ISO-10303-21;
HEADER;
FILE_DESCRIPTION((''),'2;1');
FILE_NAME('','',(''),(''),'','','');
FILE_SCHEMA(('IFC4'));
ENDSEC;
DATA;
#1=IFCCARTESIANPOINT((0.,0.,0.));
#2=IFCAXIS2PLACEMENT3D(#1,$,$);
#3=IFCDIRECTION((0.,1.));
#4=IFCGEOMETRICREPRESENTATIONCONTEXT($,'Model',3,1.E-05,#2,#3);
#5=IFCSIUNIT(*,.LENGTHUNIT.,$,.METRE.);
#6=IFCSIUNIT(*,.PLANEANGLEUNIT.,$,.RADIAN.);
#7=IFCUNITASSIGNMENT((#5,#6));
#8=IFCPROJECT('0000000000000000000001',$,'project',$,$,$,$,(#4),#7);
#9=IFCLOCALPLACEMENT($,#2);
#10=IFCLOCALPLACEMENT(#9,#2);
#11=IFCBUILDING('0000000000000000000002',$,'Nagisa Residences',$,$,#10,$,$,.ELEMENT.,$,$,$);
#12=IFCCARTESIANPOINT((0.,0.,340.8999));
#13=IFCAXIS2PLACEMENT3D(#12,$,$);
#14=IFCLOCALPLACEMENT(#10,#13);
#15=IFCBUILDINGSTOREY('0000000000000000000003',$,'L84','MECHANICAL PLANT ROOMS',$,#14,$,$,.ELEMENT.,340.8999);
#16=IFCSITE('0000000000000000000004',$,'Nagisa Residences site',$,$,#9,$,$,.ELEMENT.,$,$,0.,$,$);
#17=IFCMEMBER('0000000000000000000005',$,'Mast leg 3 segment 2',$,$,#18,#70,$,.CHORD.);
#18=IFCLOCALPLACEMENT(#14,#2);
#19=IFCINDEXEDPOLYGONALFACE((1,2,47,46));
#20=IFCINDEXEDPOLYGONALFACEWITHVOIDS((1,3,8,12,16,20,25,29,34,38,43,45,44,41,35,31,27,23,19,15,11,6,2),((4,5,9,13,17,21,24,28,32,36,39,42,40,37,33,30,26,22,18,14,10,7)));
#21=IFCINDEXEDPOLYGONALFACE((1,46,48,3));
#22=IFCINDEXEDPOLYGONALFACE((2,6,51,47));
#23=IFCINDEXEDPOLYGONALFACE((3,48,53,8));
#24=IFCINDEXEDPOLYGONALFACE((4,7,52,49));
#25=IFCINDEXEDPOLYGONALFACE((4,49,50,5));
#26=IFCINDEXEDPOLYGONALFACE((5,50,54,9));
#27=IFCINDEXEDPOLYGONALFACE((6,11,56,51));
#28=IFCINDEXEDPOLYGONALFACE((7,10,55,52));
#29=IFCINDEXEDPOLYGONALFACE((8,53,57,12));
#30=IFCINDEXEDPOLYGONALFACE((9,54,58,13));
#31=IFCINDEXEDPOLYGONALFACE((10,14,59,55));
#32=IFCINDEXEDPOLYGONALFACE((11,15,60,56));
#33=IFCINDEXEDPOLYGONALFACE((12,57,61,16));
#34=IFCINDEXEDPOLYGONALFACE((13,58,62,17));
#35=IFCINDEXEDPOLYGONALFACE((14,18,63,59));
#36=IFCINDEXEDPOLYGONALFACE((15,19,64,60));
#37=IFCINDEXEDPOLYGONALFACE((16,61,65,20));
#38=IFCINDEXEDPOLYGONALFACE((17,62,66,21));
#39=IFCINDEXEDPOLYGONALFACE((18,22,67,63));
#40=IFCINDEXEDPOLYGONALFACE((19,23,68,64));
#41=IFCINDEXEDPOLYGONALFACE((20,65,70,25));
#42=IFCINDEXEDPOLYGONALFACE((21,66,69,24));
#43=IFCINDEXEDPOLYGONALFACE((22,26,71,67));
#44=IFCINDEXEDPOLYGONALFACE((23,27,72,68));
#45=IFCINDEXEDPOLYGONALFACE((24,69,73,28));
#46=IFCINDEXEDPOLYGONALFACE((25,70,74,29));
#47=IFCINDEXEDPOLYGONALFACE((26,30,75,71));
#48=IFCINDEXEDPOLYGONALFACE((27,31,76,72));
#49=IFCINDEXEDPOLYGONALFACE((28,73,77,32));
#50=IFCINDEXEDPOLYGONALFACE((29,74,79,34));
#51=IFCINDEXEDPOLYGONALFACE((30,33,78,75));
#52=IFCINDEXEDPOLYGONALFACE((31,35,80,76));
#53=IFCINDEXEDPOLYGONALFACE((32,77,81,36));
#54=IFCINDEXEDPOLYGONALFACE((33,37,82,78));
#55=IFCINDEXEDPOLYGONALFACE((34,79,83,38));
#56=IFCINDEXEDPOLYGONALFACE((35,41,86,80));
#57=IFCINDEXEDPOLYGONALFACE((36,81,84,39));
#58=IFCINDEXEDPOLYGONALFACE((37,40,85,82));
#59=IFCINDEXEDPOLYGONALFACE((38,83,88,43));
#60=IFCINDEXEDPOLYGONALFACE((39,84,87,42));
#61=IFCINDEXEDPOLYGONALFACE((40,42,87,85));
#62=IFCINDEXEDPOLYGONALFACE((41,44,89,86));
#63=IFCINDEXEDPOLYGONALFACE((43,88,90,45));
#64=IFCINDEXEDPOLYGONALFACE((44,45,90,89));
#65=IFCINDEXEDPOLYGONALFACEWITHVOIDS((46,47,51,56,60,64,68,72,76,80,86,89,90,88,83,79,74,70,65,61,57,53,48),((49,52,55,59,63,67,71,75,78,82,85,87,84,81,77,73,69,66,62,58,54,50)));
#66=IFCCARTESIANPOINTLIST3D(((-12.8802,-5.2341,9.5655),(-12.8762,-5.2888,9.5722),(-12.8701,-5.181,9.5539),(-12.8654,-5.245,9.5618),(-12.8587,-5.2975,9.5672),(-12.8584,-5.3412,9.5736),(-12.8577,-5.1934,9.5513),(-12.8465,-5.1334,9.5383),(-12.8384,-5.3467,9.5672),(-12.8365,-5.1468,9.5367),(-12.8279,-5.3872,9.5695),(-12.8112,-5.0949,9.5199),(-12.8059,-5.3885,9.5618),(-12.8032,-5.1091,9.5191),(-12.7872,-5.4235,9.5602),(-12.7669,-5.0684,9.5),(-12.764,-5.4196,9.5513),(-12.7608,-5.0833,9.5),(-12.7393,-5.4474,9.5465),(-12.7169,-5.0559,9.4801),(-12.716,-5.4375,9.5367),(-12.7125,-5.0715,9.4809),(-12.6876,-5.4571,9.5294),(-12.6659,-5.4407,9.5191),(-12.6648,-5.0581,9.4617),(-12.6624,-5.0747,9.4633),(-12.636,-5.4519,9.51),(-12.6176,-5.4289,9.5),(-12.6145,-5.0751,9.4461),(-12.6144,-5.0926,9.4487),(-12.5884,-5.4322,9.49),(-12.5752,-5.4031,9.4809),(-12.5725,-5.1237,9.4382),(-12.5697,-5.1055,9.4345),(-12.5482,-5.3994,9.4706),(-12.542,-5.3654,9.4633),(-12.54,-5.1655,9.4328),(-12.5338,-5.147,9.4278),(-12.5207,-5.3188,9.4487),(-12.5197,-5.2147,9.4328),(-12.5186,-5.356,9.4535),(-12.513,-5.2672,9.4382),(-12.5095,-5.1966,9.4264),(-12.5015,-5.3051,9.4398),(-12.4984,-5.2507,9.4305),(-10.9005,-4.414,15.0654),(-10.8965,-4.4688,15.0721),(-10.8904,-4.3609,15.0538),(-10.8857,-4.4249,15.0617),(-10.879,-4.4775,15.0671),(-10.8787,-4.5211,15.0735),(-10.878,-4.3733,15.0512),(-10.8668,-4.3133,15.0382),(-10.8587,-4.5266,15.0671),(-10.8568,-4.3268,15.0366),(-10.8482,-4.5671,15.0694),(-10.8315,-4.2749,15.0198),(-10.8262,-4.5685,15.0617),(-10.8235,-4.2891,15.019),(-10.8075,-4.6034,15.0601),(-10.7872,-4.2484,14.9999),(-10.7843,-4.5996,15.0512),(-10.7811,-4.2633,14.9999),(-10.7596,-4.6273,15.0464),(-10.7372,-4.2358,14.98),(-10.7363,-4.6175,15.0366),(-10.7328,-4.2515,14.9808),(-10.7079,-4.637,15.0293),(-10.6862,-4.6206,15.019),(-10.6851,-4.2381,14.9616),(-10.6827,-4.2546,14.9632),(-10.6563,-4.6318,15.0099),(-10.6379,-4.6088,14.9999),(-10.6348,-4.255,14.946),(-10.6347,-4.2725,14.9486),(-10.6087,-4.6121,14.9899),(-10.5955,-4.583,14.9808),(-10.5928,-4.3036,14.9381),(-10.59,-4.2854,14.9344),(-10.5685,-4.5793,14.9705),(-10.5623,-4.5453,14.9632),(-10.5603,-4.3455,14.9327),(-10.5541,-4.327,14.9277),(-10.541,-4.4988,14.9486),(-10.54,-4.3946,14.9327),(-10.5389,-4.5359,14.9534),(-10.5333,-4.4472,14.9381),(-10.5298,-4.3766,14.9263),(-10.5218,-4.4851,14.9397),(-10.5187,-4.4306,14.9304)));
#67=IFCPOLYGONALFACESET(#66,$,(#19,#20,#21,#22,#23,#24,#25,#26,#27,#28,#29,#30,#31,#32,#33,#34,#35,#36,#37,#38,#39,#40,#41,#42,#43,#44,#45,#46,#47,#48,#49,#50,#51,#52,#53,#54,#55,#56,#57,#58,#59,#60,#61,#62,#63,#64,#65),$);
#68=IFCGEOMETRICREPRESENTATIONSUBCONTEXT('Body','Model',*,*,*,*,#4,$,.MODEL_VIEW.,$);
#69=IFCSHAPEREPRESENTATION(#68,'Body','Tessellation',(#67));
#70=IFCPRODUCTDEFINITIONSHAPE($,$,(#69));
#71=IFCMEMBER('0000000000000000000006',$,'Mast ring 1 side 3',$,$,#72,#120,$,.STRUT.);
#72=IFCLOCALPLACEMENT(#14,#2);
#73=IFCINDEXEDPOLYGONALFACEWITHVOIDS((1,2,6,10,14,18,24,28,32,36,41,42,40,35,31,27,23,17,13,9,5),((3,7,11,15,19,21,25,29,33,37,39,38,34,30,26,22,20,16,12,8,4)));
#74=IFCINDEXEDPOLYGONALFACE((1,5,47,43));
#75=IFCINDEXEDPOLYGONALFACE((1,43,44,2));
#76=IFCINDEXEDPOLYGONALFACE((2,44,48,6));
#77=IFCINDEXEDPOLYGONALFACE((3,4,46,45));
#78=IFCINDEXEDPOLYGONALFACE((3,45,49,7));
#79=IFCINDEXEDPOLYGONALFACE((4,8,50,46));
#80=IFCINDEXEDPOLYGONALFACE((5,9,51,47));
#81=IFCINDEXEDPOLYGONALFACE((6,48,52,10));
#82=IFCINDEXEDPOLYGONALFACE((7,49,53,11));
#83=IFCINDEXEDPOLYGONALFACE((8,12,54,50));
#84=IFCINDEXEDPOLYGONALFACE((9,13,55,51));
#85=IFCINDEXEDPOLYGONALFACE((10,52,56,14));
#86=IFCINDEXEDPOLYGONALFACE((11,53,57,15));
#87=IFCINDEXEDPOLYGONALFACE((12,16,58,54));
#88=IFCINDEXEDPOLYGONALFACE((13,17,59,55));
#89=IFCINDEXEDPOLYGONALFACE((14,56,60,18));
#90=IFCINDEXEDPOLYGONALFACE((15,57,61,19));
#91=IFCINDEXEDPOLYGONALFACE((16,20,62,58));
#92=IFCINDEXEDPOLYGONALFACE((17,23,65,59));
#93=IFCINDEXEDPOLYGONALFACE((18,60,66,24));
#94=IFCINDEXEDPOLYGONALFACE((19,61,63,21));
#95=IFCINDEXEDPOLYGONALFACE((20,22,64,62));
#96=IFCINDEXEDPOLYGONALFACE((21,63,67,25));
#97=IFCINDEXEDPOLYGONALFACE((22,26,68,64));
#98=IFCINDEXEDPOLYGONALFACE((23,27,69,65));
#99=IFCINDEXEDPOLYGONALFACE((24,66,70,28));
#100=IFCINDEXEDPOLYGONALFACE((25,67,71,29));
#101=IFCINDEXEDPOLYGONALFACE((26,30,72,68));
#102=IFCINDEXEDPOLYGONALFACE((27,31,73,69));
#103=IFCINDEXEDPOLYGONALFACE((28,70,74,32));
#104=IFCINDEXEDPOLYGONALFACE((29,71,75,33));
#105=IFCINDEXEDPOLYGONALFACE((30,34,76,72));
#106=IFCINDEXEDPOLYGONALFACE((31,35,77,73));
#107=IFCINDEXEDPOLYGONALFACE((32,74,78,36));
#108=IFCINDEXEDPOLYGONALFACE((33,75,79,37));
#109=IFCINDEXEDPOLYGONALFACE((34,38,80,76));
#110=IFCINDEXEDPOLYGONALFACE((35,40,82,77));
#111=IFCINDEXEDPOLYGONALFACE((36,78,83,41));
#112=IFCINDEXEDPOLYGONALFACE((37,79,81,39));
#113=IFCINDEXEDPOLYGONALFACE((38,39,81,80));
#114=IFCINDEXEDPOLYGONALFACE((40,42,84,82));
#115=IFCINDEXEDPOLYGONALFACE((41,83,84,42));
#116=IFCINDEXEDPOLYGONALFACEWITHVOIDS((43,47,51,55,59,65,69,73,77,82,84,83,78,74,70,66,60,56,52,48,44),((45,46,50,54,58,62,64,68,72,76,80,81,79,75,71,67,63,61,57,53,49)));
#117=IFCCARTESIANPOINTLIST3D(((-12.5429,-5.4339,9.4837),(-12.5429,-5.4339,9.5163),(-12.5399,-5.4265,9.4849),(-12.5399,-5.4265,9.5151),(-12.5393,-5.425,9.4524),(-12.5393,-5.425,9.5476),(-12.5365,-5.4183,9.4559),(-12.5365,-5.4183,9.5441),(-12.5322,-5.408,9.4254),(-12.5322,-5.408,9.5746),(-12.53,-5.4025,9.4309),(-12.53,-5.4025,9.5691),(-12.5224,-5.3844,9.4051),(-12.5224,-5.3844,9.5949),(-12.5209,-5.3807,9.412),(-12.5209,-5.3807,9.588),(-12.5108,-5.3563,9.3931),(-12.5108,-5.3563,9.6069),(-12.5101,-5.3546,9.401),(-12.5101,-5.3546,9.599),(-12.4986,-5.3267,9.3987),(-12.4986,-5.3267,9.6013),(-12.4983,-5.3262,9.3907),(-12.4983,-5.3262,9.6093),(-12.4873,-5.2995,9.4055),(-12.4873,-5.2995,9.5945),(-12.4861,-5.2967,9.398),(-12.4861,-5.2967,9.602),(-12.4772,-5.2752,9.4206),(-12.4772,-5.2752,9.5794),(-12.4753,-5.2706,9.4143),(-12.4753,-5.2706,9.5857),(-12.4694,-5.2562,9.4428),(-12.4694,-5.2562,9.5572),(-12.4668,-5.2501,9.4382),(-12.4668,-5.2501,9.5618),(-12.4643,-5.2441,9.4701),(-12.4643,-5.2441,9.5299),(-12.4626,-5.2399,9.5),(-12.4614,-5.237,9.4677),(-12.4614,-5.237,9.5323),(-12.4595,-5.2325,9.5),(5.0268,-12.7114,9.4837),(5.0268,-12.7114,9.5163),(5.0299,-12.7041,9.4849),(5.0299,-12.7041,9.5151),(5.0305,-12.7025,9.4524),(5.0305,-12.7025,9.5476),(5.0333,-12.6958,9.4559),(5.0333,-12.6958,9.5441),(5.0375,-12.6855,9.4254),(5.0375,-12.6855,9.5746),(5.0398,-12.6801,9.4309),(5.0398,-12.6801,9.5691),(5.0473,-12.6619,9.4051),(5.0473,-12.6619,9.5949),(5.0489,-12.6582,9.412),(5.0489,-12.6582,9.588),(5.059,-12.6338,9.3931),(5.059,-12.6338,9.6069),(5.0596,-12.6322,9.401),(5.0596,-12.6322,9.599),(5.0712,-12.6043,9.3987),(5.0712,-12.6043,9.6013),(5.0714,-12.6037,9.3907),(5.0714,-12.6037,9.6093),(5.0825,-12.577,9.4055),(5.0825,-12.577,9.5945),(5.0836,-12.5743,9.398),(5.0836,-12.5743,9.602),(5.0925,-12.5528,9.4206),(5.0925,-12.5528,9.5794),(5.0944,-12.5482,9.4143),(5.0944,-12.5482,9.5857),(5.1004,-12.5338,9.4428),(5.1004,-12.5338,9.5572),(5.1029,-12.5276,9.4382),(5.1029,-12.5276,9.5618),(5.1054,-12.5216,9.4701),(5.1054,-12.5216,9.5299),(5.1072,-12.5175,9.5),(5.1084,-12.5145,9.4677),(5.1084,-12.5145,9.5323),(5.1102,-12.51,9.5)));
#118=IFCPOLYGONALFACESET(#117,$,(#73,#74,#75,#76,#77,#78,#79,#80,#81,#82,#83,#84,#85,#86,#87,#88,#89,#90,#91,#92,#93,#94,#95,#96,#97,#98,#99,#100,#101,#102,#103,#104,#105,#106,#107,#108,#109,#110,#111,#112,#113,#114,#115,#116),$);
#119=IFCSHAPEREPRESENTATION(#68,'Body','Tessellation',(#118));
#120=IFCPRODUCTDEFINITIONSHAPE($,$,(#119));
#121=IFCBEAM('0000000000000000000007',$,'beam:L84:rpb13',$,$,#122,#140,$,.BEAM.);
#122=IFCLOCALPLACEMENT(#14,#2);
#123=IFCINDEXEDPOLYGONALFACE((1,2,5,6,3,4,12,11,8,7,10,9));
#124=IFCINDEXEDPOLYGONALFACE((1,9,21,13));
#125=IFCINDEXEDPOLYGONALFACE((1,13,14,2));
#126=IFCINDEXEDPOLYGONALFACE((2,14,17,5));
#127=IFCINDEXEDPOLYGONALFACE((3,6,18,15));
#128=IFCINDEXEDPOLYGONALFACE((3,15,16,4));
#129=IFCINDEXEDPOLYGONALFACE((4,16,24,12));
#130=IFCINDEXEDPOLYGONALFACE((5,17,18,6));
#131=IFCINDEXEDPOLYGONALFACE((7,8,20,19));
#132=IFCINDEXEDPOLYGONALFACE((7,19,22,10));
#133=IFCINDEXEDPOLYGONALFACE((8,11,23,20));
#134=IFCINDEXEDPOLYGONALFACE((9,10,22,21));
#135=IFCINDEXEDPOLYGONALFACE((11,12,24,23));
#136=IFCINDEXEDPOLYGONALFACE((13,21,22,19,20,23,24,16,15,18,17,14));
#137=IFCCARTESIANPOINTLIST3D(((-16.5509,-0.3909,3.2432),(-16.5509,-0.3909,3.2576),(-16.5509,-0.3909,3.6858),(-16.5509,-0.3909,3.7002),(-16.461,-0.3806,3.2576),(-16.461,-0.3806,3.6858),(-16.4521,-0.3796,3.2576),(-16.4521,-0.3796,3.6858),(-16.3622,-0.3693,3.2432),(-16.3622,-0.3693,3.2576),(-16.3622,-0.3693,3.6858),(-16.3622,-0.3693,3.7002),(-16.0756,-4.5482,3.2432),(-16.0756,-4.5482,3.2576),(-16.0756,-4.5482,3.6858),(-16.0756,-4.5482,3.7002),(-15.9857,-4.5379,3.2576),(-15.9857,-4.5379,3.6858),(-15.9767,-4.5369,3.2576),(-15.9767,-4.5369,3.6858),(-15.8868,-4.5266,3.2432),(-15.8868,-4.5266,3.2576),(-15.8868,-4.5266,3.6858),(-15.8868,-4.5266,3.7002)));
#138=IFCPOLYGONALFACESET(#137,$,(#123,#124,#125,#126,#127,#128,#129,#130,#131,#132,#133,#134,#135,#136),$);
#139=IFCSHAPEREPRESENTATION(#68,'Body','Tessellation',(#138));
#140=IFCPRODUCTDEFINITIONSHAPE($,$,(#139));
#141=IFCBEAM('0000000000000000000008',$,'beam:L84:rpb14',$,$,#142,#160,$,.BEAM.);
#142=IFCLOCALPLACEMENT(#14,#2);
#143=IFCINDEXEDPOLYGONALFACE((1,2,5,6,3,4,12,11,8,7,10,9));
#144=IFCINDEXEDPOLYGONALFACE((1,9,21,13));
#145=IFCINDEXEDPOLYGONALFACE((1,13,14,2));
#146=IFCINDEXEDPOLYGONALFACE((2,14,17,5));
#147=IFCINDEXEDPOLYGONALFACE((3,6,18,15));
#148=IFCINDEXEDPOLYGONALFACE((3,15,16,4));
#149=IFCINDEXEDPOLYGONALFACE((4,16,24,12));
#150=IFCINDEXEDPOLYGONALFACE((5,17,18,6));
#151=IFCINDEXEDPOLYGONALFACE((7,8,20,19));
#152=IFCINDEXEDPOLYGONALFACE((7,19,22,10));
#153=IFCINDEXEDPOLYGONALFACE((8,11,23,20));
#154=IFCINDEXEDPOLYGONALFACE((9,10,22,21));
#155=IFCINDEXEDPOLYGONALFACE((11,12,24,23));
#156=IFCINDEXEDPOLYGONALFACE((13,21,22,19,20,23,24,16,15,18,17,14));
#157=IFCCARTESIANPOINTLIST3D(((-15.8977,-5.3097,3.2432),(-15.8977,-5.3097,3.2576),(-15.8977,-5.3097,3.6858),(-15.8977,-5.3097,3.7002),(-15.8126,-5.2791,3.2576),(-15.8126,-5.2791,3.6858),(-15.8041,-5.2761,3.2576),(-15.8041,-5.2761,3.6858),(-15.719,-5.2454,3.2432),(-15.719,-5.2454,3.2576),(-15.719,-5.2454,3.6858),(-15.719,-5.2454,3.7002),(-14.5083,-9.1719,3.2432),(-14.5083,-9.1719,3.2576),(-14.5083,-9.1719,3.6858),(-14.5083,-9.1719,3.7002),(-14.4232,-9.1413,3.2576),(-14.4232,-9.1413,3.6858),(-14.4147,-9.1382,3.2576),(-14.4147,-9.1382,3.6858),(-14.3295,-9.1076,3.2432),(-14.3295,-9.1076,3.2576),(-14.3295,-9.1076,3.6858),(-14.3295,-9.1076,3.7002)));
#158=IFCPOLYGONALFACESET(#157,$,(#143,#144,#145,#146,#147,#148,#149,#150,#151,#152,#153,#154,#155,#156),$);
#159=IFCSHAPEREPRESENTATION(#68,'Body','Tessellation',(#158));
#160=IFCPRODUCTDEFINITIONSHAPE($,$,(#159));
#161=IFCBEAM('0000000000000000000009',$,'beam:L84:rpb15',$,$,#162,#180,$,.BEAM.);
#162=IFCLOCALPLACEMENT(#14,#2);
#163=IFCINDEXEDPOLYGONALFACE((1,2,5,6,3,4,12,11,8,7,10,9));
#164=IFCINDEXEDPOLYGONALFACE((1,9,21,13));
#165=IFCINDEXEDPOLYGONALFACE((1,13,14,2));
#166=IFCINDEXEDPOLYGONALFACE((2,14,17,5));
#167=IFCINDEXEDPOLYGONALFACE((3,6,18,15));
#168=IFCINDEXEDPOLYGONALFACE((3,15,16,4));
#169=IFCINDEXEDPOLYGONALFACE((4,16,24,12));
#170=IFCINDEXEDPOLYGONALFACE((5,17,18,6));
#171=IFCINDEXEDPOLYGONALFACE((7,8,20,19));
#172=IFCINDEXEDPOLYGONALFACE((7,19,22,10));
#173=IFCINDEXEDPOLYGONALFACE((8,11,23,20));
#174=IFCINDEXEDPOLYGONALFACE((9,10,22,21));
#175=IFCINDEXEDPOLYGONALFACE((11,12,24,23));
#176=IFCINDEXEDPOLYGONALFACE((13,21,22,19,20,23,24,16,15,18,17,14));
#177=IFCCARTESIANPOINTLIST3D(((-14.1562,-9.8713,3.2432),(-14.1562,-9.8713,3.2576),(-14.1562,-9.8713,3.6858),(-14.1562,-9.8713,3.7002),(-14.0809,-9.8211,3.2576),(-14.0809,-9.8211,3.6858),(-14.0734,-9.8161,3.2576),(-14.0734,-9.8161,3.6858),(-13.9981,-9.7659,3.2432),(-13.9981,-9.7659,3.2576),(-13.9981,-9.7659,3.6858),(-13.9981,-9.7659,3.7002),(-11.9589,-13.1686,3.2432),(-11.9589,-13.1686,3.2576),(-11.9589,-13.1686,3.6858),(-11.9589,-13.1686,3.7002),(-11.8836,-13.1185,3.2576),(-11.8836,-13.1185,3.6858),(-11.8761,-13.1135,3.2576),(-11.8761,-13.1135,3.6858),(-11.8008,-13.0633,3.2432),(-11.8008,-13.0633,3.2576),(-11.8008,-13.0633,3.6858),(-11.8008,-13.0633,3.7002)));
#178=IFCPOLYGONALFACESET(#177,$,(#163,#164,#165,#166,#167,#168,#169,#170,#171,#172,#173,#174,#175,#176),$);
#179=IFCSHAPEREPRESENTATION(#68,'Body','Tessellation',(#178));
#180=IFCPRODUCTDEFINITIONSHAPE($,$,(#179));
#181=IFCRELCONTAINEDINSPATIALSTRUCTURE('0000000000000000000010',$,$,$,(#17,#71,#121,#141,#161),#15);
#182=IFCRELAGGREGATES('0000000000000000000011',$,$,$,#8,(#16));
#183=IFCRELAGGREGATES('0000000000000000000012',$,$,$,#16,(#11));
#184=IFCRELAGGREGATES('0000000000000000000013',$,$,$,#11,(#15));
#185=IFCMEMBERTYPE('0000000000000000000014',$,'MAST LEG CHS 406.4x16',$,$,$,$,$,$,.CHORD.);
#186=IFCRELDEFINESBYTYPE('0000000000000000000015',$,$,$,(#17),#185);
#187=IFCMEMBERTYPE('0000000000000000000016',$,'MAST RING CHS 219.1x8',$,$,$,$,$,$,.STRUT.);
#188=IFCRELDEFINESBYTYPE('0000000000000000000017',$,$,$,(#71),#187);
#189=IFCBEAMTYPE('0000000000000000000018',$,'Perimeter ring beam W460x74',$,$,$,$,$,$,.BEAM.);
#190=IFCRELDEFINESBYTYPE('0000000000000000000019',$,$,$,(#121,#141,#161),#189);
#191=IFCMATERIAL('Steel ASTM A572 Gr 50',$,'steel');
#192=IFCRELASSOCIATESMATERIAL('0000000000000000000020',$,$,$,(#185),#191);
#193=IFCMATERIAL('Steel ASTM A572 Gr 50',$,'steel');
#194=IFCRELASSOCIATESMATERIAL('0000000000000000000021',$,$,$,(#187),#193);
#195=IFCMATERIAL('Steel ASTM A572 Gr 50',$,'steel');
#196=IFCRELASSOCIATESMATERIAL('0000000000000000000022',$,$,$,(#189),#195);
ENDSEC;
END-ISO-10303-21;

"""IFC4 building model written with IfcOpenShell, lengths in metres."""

from ifc_helpers import new_model, si_unit, direction, frame, origin, origin_2d, place, context, subcontext, project, spatial, hollow_circle, i_section, extrude, material, material_profile, profile_set, type_object, element, save


model = new_model("IFC4")

# Units and contexts
model_context = context("Model", 3, precision=1e-05, world=origin(), true_north=direction((0.0, 1.0)))
body_context = subcontext(model_context, "Body", "Model", "MODEL_VIEW")
ifc_project = project(units=[si_unit("LENGTHUNIT", "METRE"), si_unit("PLANEANGLEUNIT", "RADIAN")], contexts=[model_context])

# Site, building, storey
site_placement = place(None, origin())
site = spatial("IfcSite", under=ifc_project, at=site_placement, Name="Nagisa Residences site", CompositionType="ELEMENT", RefElevation=0.0)
building_placement = place(site_placement, origin())
building = spatial("IfcBuilding", under=site, at=building_placement, Name="Nagisa Residences", CompositionType="ELEMENT")
storey_placement = place(building_placement, frame((0.0, 0.0, 340.8999)))
storey = spatial("IfcBuildingStorey", under=building, at=storey_placement, Name="L84", Description="MECHANICAL PLANT ROOMS", CompositionType="ELEMENT", Elevation=340.8999)

# Members
ifc_material_1 = material(Name="Steel ASTM A572 Gr 50", Category="steel")
ifc_material_profile_1 = material_profile(ifc_material_1, hollow_circle(Radius=0.2031, WallThickness=0.0161, at=origin_2d()), Name="MAST LEG CHS 406.4x16")
ifc_profile_set_1 = profile_set([ifc_material_profile_1], Name="Steel ASTM A572 Gr 50")
member_type_1 = type_object("IfcMemberType", Name="MAST LEG CHS 406.4x16", PredefinedType="CHORD", material=ifc_profile_set_1)
member_1_placement = place(storey_placement, frame((-12.6892, -5.2561, 9.5), z_axis=(0.335395, 0.138931, 0.931777), x_axis=(-0.382697, 0.923874, 0.0)))
element("IfcMember", 1, at=member_1_placement, inside=storey, type_object=member_type_1, Name="Mast leg 3 segment 2", PredefinedType="CHORD", context=body_context, shape_type="SweptSolid", body=[
    extrude(hollow_circle(Radius=0.2031, WallThickness=0.0161, at=origin_2d()), origin(), (0.0, 0.0, 1.0), 5.9026),
])
ifc_material_2 = material(Name="Steel ASTM A572 Gr 50", Category="steel")
ifc_material_profile_2 = material_profile(ifc_material_2, hollow_circle(Radius=0.1096, WallThickness=0.0081, at=origin_2d()), Name="MAST RING CHS 219.1x8")
ifc_profile_set_2 = profile_set([ifc_material_profile_2], Name="Steel ASTM A572 Gr 50")
member_type_2 = type_object("IfcMemberType", Name="MAST RING CHS 219.1x8", PredefinedType="STRUT", material=ifc_profile_set_2)
member_2_placement = place(storey_placement, frame((-12.5015, -5.3337, 9.5), z_axis=(0.923881, -0.38268, 0.0), x_axis=(0.38268, 0.923881, 0.0)))
element("IfcMember", 2, at=member_2_placement, inside=storey, type_object=member_type_2, Name="Mast ring 1 side 3", PredefinedType="STRUT", context=body_context, shape_type="SweptSolid", body=[
    extrude(hollow_circle(Radius=0.1096, WallThickness=0.0081, at=origin_2d()), origin(), (0.0, 0.0, 1.0), 19.0173),
])

# Beams
ifc_material_3 = material(Name="Steel ASTM A572 Gr 50", Category="steel")
ifc_material_profile_3 = material_profile(ifc_material_3, i_section(OverallWidth=0.1899, OverallDepth=0.457, WebThickness=0.009, FlangeThickness=0.0144, at=origin_2d()), Name="W460x74")
ifc_profile_set_3 = profile_set([ifc_material_profile_3], Name="Steel ASTM A572 Gr 50")
beam_type = type_object("IfcBeamType", Name="Perimeter ring beam W460x74", PredefinedType="BEAM", material=ifc_profile_set_3)
beam_1_placement = place(storey_placement, frame((-16.4565, -0.3801, 3.4717), z_axis=(0.113601, -0.993526, 0.0), x_axis=(0.993526, 0.113601, 0.0)))
element("IfcBeam", 3, at=beam_1_placement, inside=storey, type_object=beam_type, Name="beam:L84:rpb13", PredefinedType="BEAM", context=body_context, shape_type="SweptSolid", body=[
    extrude(i_section(OverallWidth=0.1899, OverallDepth=0.457, WebThickness=0.009, FlangeThickness=0.0144, at=origin_2d()), origin(), (0.0, 0.0, 1.0), 4.1843),
])
beam_2_placement = place(storey_placement, frame((-15.8083, -5.2776, 3.4717), z_axis=(0.338517, -0.94096, 0.0), x_axis=(0.94096, 0.338517, 0.0)))
element("IfcBeam", 4, at=beam_2_placement, inside=storey, type_object=beam_type, Name="beam:L84:rpb14", PredefinedType="BEAM", context=body_context, shape_type="SweptSolid", body=[
    extrude(i_section(OverallWidth=0.1899, OverallDepth=0.457, WebThickness=0.009, FlangeThickness=0.0144, at=origin_2d()), origin(), (0.0, 0.0, 1.0), 4.1045),
])
beam_3_placement = place(storey_placement, frame((-14.0771, -9.8186, 3.4717), z_axis=(0.55453, -0.832164, 0.0), x_axis=(0.832164, 0.55453, 0.0)))
element("IfcBeam", 5, at=beam_3_placement, inside=storey, type_object=beam_type, Name="beam:L84:rpb15", PredefinedType="BEAM", context=body_context, shape_type="SweptSolid", body=[
    extrude(i_section(OverallWidth=0.1899, OverallDepth=0.457, WebThickness=0.009, FlangeThickness=0.0144, at=origin_2d()), origin(), (0.0, 0.0, 1.0), 3.9624),
])

save(model, "model.ifc")
